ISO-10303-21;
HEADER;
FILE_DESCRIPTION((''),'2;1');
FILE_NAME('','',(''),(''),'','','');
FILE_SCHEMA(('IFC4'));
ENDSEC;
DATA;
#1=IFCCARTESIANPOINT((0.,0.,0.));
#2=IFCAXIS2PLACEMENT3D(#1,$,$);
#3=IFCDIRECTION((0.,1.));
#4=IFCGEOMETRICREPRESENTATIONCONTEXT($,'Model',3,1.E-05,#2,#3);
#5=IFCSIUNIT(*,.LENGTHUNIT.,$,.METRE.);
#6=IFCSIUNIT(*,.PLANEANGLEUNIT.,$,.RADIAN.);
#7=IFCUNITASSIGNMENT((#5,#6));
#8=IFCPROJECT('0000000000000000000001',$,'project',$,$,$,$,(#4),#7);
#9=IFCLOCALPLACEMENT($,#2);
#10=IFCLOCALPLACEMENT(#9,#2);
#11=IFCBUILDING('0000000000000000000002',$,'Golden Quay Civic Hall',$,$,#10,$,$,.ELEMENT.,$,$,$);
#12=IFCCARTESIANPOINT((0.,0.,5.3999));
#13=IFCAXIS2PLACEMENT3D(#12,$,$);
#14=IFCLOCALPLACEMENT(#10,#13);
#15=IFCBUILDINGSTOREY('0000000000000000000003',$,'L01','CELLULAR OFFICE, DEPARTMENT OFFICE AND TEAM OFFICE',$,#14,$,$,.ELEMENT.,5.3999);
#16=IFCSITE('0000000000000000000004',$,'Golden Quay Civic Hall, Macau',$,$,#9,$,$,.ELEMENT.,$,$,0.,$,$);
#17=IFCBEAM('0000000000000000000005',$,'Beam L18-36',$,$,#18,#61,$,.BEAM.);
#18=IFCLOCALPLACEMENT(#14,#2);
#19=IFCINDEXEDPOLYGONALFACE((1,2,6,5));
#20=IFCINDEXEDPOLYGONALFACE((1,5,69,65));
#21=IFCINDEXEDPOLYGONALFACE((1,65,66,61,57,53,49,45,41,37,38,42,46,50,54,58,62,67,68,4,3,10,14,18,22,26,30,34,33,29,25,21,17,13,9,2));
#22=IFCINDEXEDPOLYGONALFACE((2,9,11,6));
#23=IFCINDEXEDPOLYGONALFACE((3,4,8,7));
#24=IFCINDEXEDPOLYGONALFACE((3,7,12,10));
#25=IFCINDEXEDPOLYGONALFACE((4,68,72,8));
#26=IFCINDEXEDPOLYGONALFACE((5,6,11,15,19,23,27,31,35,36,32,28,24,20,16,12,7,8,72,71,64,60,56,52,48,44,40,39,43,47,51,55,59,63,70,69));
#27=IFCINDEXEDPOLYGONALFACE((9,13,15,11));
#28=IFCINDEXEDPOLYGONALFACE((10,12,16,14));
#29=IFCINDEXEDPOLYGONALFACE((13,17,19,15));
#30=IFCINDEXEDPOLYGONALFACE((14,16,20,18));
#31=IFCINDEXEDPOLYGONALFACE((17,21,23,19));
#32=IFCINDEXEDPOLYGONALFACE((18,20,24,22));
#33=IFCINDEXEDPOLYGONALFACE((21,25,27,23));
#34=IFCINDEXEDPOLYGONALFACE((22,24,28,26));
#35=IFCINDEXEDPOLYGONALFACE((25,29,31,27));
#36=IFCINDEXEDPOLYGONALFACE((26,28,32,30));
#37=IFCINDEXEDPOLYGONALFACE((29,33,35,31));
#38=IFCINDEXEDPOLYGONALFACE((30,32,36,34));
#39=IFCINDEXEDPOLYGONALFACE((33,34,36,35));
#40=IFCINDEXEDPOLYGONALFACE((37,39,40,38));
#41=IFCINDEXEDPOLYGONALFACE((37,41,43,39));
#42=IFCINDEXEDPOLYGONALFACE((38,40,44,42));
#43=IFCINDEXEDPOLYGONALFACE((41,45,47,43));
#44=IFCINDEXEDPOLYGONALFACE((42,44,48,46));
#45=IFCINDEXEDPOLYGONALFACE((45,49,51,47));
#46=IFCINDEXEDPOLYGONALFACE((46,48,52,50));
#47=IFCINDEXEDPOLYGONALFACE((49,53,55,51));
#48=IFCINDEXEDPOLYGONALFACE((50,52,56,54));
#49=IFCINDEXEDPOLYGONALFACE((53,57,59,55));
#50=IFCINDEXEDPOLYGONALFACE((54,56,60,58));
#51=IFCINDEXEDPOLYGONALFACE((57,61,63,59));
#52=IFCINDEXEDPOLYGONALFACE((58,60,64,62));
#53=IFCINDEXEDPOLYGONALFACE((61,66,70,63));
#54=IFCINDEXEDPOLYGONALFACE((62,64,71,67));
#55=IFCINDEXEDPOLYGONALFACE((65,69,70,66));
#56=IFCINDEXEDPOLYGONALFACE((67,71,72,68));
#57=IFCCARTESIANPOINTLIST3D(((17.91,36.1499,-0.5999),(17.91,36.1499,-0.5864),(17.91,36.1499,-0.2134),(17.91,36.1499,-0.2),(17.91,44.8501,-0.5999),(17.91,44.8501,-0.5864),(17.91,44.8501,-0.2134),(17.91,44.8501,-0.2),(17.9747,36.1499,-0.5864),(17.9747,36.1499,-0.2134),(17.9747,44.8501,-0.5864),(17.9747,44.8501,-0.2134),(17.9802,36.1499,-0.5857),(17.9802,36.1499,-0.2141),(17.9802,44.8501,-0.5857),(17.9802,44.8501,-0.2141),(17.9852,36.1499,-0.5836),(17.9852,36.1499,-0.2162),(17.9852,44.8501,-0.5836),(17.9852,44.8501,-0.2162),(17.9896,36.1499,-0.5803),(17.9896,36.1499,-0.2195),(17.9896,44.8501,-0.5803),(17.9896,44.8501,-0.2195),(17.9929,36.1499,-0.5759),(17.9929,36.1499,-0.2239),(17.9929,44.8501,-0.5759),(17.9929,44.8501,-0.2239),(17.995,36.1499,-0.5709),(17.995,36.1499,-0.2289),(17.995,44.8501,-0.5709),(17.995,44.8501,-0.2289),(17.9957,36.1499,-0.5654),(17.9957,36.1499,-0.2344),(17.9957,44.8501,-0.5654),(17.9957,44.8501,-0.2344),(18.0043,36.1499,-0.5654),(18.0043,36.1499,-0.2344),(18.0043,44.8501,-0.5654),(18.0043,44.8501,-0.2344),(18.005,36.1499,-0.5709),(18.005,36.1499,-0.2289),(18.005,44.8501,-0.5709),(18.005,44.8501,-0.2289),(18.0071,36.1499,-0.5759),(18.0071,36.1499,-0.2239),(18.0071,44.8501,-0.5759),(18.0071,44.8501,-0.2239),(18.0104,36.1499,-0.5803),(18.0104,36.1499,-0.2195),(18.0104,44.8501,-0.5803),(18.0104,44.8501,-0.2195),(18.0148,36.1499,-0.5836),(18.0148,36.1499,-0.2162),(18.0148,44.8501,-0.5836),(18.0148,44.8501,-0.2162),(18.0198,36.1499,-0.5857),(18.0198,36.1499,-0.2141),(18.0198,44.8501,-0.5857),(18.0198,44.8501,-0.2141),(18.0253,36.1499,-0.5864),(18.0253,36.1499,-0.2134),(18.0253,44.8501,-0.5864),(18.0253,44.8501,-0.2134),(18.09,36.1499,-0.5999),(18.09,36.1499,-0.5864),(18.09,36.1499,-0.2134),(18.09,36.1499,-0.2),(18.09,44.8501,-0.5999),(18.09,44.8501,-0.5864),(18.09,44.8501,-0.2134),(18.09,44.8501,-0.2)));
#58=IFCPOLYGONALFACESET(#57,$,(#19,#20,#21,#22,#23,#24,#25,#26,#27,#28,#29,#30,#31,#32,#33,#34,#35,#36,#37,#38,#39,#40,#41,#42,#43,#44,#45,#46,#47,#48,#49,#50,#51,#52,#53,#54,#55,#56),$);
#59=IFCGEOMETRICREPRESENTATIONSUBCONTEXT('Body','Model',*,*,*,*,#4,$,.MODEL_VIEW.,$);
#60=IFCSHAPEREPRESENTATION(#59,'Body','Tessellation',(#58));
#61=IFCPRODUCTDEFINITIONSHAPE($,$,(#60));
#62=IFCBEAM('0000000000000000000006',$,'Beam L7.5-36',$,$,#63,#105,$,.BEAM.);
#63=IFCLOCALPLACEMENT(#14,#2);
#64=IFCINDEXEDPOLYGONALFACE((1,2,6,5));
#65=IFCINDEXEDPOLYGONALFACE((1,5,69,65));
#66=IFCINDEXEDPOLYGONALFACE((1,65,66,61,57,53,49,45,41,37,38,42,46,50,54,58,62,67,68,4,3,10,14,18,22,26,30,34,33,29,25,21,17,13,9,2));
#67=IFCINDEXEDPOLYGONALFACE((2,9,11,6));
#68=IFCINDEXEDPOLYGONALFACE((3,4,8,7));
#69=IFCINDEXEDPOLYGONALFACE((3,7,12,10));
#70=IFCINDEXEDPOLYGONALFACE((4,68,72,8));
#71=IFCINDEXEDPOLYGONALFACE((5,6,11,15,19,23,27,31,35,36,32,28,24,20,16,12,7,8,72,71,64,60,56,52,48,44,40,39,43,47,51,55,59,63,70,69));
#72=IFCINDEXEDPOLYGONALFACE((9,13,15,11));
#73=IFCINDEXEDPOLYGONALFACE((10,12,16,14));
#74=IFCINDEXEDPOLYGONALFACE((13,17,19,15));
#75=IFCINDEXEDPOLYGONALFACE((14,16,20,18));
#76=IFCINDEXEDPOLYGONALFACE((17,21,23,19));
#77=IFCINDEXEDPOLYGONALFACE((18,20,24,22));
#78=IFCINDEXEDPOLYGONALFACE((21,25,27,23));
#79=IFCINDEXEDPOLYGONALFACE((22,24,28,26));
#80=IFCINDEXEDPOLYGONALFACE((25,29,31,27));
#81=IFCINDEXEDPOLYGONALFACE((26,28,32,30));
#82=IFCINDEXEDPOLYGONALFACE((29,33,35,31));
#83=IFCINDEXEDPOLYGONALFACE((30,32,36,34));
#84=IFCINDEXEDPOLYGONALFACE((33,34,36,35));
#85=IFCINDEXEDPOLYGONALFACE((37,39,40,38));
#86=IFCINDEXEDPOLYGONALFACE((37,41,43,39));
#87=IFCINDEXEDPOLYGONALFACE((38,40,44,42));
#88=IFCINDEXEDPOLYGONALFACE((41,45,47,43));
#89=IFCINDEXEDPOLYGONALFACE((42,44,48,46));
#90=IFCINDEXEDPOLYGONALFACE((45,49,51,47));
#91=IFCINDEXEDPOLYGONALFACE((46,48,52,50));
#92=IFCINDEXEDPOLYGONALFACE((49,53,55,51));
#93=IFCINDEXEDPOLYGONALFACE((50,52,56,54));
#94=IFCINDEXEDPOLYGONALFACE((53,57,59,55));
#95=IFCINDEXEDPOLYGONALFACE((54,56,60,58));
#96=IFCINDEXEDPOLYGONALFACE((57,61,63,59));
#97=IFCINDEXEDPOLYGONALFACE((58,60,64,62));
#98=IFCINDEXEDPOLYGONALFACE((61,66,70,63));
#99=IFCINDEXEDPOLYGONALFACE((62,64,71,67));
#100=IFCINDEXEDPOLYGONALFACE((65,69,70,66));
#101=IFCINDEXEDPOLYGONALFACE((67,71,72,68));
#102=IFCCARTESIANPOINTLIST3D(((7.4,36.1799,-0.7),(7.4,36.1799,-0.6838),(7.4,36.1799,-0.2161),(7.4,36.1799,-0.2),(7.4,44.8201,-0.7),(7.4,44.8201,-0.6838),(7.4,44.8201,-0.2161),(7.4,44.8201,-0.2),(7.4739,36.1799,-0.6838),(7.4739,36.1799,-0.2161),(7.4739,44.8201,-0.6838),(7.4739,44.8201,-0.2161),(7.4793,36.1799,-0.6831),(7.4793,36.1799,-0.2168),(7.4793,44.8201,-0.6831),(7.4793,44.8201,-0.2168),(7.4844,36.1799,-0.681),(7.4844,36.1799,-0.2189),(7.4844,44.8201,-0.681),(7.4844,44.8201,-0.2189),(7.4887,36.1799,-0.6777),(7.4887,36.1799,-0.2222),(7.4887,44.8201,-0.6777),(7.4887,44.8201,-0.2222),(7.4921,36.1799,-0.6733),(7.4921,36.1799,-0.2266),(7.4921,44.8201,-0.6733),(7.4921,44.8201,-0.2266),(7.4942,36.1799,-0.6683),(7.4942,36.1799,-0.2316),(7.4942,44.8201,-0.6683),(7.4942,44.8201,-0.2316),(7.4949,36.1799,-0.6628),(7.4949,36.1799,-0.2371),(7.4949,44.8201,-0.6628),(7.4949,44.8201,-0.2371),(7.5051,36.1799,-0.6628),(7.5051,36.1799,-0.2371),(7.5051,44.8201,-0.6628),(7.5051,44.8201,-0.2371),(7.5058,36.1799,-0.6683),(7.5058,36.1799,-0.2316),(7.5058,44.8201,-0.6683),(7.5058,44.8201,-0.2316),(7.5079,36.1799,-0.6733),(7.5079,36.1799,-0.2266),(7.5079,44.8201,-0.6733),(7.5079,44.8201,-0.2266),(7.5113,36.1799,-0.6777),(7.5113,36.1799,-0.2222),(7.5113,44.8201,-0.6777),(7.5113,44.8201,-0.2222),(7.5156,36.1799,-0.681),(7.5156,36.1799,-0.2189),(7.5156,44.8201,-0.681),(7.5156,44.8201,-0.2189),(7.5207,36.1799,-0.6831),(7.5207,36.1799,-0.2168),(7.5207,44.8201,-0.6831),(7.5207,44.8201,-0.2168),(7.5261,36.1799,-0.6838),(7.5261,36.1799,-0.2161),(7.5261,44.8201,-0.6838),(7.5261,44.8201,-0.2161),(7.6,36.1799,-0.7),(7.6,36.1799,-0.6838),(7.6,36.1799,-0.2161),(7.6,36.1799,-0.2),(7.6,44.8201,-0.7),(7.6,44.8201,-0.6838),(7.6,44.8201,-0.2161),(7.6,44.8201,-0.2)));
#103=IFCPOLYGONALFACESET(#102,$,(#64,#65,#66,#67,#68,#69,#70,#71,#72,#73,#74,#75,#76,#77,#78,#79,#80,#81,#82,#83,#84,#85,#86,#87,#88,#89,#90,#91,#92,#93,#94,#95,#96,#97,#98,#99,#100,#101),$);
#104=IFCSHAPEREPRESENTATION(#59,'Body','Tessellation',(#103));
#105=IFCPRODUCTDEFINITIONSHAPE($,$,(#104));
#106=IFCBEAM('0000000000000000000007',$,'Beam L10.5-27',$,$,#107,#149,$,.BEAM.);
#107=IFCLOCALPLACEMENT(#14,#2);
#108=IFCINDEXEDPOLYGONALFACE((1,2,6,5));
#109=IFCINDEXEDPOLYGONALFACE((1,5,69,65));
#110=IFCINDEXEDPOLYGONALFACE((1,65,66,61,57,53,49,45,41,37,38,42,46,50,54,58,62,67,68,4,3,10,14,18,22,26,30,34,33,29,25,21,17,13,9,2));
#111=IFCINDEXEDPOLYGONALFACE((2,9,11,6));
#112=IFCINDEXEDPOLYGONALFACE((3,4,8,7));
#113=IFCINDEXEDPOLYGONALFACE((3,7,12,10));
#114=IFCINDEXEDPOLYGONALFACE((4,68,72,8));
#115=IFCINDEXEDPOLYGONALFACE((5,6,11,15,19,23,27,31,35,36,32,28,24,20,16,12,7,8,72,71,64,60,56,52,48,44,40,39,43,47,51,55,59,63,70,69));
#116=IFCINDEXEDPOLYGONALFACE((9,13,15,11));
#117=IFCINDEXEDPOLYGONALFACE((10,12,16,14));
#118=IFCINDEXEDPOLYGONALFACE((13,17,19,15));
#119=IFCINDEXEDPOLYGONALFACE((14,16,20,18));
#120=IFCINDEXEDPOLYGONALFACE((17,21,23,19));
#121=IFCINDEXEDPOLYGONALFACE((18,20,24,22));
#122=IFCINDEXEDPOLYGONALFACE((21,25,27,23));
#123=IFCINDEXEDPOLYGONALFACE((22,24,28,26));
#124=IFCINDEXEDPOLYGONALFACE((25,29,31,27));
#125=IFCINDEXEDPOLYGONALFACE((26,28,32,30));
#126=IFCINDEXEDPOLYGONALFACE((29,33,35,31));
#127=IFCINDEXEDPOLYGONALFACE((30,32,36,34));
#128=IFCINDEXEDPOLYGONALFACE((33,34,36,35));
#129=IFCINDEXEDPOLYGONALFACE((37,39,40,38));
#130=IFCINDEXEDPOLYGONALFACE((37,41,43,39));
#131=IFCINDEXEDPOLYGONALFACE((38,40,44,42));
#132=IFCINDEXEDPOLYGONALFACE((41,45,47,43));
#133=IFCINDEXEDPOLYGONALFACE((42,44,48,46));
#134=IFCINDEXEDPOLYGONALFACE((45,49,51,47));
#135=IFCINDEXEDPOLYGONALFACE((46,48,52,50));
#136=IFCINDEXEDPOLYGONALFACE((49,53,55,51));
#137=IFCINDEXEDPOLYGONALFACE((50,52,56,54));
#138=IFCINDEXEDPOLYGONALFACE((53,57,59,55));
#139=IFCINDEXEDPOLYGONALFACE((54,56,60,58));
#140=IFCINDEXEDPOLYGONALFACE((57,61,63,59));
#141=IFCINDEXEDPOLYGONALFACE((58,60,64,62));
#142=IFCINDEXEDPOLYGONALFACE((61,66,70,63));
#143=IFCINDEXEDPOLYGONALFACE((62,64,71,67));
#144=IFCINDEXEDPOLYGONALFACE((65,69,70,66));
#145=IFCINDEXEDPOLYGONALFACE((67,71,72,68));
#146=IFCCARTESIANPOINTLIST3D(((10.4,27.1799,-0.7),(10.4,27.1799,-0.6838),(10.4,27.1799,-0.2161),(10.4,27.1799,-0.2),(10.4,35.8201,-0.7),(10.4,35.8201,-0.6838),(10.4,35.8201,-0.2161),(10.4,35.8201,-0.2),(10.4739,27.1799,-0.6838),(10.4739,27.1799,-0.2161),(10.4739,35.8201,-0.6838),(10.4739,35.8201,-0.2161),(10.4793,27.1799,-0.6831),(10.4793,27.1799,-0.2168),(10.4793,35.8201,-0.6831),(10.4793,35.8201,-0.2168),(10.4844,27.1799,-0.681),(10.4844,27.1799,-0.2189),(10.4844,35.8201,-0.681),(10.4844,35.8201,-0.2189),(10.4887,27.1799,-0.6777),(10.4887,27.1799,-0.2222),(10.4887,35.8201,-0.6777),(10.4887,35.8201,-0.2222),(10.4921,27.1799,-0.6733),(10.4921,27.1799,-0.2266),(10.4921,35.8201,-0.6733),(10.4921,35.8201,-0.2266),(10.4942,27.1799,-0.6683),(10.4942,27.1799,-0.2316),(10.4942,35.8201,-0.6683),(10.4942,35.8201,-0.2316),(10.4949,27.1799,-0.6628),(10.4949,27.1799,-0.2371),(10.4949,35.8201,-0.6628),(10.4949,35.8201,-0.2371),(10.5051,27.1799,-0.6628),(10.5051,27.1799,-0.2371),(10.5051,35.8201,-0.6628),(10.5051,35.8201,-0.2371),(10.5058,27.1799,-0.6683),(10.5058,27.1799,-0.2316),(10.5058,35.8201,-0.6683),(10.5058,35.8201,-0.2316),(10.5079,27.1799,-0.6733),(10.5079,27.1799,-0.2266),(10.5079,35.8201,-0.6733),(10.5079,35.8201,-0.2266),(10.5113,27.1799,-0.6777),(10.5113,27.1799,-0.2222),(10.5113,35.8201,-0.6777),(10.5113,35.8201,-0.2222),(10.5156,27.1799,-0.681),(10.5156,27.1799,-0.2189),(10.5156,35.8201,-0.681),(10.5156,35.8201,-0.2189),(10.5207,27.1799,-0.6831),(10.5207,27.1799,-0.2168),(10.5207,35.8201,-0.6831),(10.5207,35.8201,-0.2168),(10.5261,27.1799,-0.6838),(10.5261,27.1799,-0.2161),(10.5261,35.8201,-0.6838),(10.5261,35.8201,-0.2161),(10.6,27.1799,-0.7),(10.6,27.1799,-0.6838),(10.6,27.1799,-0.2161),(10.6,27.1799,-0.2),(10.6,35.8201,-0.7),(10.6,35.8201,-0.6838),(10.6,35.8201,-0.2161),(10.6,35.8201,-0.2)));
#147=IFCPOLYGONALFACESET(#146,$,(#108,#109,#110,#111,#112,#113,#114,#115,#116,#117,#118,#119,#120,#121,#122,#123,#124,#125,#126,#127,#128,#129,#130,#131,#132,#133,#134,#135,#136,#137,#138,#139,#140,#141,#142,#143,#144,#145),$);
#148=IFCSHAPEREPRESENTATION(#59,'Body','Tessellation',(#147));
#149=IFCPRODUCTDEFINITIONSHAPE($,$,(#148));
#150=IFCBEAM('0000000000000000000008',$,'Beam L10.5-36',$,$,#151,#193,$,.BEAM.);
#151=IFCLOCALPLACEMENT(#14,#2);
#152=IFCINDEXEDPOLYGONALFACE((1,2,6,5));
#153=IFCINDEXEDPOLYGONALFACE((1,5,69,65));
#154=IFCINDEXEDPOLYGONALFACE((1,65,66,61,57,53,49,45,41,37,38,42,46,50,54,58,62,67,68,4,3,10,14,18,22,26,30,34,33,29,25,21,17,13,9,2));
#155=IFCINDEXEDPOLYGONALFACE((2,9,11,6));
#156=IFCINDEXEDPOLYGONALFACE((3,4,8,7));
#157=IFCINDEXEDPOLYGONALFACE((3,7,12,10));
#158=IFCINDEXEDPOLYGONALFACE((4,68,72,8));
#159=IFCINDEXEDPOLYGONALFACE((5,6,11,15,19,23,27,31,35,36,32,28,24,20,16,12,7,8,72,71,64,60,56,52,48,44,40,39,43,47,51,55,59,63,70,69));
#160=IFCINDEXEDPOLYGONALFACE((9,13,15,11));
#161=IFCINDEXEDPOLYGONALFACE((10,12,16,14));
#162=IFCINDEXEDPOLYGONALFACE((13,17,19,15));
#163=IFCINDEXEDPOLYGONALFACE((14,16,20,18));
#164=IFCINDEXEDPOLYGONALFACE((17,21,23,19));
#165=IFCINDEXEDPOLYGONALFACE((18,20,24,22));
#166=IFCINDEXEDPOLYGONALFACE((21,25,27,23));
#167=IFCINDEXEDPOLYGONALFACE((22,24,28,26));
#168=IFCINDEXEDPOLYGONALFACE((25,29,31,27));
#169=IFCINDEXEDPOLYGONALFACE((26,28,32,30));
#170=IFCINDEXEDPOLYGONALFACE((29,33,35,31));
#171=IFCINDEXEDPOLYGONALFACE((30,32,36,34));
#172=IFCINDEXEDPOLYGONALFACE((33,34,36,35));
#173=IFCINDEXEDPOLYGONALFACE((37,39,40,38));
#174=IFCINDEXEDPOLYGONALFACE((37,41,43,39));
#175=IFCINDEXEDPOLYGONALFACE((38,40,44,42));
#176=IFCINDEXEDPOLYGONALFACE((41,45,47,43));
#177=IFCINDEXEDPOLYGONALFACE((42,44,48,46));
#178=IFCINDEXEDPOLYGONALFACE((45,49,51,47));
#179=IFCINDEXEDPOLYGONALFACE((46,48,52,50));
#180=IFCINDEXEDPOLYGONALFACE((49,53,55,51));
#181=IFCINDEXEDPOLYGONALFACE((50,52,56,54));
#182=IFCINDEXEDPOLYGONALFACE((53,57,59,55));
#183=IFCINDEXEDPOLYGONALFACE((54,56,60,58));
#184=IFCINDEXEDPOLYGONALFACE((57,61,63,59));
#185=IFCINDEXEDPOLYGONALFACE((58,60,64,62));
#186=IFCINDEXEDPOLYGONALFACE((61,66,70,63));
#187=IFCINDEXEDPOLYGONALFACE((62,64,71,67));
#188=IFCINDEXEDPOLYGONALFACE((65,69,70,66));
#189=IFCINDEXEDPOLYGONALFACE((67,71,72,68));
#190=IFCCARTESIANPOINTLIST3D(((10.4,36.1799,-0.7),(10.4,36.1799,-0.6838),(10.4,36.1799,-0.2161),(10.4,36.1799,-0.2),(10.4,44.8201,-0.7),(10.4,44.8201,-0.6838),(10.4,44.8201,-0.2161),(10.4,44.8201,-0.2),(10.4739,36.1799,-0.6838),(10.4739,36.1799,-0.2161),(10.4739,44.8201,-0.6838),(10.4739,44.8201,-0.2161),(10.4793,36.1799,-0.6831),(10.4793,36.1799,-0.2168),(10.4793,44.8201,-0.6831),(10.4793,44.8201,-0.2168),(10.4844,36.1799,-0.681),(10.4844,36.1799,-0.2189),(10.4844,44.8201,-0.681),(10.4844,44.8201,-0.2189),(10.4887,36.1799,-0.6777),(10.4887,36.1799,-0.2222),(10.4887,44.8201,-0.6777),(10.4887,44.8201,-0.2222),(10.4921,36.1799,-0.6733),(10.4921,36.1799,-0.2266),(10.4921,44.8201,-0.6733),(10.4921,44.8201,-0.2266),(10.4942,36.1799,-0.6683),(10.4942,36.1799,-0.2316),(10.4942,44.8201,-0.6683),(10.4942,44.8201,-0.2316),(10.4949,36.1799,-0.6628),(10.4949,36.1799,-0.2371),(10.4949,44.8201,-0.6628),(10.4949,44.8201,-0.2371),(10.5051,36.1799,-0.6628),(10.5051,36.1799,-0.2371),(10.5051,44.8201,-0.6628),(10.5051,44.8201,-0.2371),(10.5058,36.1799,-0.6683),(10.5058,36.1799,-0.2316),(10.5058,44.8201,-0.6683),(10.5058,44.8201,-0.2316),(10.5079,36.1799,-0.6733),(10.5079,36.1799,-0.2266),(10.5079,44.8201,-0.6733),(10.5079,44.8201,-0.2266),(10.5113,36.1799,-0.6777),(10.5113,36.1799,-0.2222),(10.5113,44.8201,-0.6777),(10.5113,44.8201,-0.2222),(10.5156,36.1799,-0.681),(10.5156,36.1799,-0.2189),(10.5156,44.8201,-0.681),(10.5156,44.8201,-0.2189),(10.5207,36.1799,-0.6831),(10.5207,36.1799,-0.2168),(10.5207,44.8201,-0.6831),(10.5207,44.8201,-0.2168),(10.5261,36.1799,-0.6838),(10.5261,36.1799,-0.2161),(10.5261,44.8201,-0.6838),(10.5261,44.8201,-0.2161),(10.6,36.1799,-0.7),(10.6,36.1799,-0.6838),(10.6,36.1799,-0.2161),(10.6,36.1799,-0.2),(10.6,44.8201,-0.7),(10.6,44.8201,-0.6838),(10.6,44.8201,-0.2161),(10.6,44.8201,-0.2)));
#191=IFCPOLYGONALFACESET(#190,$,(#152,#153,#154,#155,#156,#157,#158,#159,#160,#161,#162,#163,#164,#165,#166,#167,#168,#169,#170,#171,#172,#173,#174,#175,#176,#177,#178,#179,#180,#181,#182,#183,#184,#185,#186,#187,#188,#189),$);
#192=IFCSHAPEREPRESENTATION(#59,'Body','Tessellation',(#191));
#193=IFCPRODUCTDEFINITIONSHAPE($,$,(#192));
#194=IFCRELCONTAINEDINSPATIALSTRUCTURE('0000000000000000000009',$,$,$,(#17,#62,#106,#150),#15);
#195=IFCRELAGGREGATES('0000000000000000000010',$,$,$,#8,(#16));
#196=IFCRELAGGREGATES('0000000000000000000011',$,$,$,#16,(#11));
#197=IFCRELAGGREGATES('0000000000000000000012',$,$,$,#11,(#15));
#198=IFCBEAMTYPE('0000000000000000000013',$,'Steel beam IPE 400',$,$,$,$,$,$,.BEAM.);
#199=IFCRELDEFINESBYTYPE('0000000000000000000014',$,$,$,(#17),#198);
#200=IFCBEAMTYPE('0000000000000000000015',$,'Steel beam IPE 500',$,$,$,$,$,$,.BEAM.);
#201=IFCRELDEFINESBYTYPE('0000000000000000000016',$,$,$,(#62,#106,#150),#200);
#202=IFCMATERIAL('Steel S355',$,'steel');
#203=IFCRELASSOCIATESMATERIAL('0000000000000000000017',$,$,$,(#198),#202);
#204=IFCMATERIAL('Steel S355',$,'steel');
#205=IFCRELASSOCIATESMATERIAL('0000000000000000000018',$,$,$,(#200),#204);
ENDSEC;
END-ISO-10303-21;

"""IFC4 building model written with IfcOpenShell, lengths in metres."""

from ifc_helpers import new_model, si_unit, direction, frame, origin, origin_2d, place, context, subcontext, project, spatial, i_section, extrude, material, material_profile, profile_set, type_object, element, save


model = new_model("IFC4")

# Units and contexts
model_context = context("Model", 3, precision=1e-05, world=origin(), true_north=direction((0.0, 1.0)))
body_context = subcontext(model_context, "Body", "Model", "MODEL_VIEW")
ifc_project = project(units=[si_unit("LENGTHUNIT", "METRE"), si_unit("PLANEANGLEUNIT", "RADIAN")], contexts=[model_context])

# Site, building, storey
site_placement = place(None, origin())
site = spatial("IfcSite", under=ifc_project, at=site_placement, Name="Golden Quay Civic Hall, Macau", CompositionType="ELEMENT", RefElevation=0.0)
building_placement = place(site_placement, origin())
building = spatial("IfcBuilding", under=site, at=building_placement, Name="Golden Quay Civic Hall", CompositionType="ELEMENT")
storey_placement = place(building_placement, frame((0.0, 0.0, 5.3999)))
storey = spatial("IfcBuildingStorey", under=building, at=storey_placement, Name="L01", Description="CELLULAR OFFICE, DEPARTMENT OFFICE AND TEAM OFFICE", CompositionType="ELEMENT", Elevation=5.3999)

# Beams
ifc_material_1 = material(Name="Steel S355", Category="steel")
ifc_material_profile_1 = material_profile(ifc_material_1, i_section(OverallWidth=0.1799, OverallDepth=0.3999, WebThickness=0.0085, FlangeThickness=0.0134, FilletRadius=0.021, at=origin_2d()), Name="IPE 400")
ifc_profile_set_1 = profile_set([ifc_material_profile_1], Name="Steel S355")
beam_type_1 = type_object("IfcBeamType", Name="Steel beam IPE 400", PredefinedType="BEAM", material=ifc_profile_set_1)
for number, where, z_axis, x_axis, name in (
    (1, (18.0, 36.1499, -0.3999), (0.0, 1.0, 0.0), (-1.0, 0.0, 0.0), "Beam L18-36"),
):
    element("IfcBeam", number, at=place(storey_placement, frame(where, z_axis=z_axis, x_axis=x_axis)), inside=storey, type_object=beam_type_1, Name=name, PredefinedType="BEAM", context=body_context, shape_type="SweptSolid", body=[
        extrude(i_section(OverallWidth=0.1799, OverallDepth=0.3999, WebThickness=0.0085, FlangeThickness=0.0134, FilletRadius=0.021, at=origin_2d()), origin(), (0.0, 0.0, 1.0), 8.7002),
    ])
ifc_material_2 = material(Name="Steel S355", Category="steel")
ifc_material_profile_2 = material_profile(ifc_material_2, i_section(OverallWidth=0.2, OverallDepth=0.5, WebThickness=0.0103, FlangeThickness=0.0161, FilletRadius=0.021, at=origin_2d()), Name="IPE 500")
ifc_profile_set_2 = profile_set([ifc_material_profile_2], Name="Steel S355")
beam_type_2 = type_object("IfcBeamType", Name="Steel beam IPE 500", PredefinedType="BEAM", material=ifc_profile_set_2)
for number, where, z_axis, x_axis, name in (
    (2, (7.5, 36.1799, -0.45), (0.0, 1.0, 0.0), (-1.0, 0.0, 0.0), "Beam L7.5-36"),
    (3, (10.5, 27.1799, -0.45), (0.0, 1.0, 0.0), (-1.0, 0.0, 0.0), "Beam L10.5-27"),
    (4, (10.5, 36.1799, -0.45), (0.0, 1.0, 0.0), (-1.0, 0.0, 0.0), "Beam L10.5-36"),
):
    element("IfcBeam", number, at=place(storey_placement, frame(where, z_axis=z_axis, x_axis=x_axis)), inside=storey, type_object=beam_type_2, Name=name, PredefinedType="BEAM", context=body_context, shape_type="SweptSolid", body=[
        extrude(i_section(OverallWidth=0.2, OverallDepth=0.5, WebThickness=0.0103, FlangeThickness=0.0161, FilletRadius=0.021, at=origin_2d()), origin(), (0.0, 0.0, 1.0), 8.6401),
    ])

save(model, "model.ifc")
